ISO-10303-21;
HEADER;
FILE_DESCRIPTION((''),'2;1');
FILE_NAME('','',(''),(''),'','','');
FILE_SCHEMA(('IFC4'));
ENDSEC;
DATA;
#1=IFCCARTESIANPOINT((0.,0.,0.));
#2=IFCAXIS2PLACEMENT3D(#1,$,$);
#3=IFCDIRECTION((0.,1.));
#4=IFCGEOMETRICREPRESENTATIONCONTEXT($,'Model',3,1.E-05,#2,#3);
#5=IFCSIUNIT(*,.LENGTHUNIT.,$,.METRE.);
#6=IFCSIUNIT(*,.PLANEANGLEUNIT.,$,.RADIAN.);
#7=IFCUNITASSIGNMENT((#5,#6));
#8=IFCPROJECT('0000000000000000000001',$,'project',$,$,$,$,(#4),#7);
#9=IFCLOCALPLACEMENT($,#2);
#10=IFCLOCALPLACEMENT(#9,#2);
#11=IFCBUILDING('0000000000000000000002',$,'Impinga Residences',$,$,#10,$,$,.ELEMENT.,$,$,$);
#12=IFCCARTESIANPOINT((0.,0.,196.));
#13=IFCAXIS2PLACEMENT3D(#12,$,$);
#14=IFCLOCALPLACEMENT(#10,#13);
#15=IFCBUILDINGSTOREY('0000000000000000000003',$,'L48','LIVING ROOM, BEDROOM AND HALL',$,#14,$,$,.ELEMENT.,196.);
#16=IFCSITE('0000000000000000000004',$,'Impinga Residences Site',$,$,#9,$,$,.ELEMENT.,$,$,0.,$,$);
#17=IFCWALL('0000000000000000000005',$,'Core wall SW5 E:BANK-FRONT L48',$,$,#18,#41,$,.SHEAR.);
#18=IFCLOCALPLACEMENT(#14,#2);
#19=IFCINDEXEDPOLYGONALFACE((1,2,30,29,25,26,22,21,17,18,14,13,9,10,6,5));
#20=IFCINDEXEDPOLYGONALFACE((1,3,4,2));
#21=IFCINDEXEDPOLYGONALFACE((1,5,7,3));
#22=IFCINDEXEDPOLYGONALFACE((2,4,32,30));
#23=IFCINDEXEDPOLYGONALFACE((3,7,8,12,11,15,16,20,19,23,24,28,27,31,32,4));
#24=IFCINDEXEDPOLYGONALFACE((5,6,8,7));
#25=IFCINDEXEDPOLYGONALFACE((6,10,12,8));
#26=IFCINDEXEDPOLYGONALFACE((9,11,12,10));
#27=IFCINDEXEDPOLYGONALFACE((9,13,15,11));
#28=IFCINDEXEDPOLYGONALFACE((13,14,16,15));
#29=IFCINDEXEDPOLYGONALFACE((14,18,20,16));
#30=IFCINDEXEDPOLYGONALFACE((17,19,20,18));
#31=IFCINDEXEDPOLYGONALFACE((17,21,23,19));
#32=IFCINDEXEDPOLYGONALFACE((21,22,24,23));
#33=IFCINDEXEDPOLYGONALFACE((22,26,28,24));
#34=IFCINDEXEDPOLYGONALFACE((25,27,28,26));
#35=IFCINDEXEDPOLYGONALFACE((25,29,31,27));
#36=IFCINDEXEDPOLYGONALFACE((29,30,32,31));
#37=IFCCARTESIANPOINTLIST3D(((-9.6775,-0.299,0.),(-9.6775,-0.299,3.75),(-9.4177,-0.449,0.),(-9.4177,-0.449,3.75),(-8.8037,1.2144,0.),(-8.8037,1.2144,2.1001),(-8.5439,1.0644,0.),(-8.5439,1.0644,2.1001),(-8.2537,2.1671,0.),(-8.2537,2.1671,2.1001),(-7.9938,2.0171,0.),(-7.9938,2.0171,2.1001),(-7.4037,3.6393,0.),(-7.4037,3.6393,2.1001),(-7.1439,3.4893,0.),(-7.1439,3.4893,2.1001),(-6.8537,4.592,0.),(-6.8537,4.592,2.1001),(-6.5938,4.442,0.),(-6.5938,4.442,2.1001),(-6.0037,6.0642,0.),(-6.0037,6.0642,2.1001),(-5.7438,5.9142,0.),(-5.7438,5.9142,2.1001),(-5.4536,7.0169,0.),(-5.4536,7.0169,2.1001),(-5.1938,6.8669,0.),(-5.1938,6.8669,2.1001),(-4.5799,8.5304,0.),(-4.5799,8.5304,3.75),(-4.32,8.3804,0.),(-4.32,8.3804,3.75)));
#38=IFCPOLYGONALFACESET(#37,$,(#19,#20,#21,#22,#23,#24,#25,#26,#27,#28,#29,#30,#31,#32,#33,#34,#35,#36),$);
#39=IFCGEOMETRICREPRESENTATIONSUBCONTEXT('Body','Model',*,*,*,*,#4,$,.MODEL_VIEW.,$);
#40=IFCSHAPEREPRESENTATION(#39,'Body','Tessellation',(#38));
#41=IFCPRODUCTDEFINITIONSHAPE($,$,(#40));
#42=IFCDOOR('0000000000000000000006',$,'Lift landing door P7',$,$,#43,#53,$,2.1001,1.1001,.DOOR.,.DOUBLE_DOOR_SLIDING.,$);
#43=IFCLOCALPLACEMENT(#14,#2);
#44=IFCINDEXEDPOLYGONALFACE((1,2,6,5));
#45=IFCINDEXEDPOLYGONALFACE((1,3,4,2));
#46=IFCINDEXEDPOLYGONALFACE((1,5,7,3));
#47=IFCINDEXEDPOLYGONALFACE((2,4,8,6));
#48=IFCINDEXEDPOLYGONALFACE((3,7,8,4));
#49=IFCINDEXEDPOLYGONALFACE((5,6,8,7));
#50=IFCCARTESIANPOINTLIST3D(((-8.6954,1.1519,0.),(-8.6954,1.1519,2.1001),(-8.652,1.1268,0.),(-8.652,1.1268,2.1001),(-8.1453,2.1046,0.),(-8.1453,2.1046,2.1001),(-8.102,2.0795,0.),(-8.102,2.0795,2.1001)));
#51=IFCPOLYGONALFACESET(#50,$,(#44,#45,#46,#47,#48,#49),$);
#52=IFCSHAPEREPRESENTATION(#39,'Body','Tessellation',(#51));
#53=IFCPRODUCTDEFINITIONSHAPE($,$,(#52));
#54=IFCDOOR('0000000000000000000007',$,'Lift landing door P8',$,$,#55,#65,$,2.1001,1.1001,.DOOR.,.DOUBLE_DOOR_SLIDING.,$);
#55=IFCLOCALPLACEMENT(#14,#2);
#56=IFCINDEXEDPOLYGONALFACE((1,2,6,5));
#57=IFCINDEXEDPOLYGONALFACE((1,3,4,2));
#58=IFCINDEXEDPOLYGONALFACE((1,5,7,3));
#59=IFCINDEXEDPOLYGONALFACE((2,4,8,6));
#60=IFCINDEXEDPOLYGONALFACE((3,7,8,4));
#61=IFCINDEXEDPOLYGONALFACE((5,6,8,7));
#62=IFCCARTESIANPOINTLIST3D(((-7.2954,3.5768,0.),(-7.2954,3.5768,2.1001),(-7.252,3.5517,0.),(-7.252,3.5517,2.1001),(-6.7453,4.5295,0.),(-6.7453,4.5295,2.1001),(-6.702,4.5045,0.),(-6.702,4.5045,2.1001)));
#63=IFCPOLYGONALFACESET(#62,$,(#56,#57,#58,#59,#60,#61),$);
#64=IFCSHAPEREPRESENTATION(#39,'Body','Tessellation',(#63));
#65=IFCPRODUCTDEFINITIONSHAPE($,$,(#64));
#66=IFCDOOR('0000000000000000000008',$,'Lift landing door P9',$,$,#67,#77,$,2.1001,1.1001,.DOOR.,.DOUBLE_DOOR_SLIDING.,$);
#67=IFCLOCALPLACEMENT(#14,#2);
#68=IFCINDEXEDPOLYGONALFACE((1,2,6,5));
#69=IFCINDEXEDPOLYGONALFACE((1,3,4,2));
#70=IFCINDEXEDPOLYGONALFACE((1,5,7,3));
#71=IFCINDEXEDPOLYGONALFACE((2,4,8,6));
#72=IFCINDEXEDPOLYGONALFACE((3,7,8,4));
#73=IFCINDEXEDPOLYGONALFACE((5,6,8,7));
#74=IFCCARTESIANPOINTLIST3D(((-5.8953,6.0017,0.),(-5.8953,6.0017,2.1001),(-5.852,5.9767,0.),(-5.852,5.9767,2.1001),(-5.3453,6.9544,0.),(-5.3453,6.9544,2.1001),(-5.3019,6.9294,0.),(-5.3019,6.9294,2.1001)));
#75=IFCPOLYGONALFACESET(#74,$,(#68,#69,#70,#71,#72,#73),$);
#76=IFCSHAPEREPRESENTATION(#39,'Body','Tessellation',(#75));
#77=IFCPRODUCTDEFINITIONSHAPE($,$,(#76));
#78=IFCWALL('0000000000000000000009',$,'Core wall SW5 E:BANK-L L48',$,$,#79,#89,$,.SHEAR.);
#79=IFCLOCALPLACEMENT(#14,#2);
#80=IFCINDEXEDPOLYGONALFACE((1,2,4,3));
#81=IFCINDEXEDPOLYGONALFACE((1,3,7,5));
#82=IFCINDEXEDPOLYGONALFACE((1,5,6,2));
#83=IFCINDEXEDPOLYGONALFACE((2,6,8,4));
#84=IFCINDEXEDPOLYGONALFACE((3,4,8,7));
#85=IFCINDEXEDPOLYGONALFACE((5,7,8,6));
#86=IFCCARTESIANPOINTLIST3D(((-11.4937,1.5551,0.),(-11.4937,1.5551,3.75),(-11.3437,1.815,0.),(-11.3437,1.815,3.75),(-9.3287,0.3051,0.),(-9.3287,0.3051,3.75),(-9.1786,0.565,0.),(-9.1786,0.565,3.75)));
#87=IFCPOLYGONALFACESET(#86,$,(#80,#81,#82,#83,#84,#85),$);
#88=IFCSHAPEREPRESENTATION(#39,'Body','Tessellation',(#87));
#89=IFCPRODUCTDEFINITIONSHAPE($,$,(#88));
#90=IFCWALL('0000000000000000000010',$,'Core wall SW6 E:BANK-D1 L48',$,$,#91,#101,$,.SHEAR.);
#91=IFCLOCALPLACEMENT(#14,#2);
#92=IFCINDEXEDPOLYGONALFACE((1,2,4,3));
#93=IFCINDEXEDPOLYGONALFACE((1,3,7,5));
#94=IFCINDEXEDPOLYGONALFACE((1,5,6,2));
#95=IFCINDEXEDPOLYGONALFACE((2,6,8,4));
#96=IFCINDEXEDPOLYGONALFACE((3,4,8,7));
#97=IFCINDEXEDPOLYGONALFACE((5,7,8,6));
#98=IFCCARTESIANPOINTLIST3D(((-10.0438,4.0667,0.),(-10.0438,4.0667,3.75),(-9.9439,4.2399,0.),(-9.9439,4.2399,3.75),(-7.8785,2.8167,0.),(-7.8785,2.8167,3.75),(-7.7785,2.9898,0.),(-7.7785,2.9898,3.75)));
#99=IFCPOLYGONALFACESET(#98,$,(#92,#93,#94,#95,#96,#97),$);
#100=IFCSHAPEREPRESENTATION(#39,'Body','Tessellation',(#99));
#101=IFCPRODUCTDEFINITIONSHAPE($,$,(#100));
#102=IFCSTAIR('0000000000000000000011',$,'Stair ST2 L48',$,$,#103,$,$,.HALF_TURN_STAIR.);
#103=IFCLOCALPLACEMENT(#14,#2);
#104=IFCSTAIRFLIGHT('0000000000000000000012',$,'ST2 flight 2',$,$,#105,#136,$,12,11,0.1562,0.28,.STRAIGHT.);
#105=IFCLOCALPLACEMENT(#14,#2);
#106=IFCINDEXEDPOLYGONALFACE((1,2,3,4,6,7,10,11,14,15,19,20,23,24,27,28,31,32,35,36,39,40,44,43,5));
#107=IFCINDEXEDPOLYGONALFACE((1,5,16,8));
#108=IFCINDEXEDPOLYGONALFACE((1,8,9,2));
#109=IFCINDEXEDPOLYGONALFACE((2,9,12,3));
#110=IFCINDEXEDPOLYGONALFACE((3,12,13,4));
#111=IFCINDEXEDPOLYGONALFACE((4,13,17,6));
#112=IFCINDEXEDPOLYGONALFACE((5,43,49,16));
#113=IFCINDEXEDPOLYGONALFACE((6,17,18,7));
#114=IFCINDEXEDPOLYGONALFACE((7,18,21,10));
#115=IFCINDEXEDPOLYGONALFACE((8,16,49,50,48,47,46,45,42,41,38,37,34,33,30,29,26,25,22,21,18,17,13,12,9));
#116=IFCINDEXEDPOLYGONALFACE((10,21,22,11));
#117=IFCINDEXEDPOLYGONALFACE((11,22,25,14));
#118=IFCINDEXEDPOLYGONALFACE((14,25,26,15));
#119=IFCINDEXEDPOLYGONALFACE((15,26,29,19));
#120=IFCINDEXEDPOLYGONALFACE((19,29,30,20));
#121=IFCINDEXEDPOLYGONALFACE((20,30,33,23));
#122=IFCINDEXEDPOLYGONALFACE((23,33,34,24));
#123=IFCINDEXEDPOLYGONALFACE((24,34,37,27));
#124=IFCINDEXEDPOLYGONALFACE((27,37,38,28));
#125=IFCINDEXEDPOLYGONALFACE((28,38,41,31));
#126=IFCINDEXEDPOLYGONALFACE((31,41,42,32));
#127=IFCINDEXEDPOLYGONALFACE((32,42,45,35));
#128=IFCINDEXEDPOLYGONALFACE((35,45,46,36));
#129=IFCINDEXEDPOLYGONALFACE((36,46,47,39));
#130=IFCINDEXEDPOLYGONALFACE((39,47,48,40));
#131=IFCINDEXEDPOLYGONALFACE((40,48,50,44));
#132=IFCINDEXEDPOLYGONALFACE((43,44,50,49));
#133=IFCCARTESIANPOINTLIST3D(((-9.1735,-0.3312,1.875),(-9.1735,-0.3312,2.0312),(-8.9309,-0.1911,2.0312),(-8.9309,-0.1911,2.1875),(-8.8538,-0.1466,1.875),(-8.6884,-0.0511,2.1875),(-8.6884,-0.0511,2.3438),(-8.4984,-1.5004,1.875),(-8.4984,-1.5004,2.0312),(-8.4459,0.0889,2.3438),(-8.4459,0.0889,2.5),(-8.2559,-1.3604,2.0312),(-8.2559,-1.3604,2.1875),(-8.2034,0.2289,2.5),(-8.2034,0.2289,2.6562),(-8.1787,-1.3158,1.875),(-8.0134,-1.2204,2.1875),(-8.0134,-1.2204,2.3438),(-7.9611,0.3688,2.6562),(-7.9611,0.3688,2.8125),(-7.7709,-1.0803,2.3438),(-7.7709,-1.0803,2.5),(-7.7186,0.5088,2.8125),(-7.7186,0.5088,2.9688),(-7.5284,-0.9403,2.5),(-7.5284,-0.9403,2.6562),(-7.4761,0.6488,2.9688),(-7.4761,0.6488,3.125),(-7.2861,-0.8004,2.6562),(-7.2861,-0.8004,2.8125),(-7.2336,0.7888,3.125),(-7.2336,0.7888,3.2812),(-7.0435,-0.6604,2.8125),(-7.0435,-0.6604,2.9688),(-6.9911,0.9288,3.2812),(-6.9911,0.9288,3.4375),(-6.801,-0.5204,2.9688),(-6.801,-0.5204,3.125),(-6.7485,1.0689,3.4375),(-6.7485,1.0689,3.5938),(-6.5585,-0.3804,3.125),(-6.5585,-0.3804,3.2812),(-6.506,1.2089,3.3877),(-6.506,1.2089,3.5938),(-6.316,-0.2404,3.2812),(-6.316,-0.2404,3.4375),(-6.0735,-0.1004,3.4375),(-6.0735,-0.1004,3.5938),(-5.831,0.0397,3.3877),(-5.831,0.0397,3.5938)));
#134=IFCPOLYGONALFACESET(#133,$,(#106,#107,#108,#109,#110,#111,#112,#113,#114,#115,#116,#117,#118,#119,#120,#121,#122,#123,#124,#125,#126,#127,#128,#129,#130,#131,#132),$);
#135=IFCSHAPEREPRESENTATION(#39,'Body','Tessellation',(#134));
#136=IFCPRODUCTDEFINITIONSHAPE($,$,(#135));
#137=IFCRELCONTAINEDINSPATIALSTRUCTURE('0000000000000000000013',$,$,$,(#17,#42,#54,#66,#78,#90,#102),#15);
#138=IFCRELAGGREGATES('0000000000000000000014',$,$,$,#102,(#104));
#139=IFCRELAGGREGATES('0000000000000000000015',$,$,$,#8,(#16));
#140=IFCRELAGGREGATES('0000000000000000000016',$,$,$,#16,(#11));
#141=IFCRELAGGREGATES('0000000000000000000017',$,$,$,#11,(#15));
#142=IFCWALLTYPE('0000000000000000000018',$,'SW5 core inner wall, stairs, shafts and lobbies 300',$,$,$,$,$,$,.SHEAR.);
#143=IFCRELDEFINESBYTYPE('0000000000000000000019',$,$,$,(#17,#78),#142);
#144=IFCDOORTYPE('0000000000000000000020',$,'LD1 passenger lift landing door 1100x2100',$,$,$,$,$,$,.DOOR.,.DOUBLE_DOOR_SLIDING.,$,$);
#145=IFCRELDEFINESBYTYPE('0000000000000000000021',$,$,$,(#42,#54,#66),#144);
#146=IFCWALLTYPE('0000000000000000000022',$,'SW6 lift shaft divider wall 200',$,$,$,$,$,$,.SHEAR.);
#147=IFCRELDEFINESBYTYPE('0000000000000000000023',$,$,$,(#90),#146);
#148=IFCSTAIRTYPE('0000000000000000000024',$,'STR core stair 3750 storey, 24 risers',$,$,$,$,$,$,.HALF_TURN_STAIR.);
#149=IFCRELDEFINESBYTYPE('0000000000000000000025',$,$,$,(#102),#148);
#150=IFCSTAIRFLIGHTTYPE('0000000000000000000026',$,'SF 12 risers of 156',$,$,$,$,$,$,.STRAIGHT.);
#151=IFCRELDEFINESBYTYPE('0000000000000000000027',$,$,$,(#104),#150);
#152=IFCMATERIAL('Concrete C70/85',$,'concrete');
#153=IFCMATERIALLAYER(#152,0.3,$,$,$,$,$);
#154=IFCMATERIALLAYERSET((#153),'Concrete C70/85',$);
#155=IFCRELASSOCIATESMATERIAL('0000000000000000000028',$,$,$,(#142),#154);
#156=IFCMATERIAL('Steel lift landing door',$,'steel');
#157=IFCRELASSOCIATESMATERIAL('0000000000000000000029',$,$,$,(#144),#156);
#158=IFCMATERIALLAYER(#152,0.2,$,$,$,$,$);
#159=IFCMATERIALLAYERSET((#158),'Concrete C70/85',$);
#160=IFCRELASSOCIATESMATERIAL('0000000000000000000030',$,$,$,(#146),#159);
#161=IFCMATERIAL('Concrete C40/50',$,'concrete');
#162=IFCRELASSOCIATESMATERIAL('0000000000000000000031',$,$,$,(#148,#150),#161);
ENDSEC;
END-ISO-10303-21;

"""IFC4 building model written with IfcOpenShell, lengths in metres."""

from ifc_helpers import new_model, si_unit, direction, frame, frame_2d, origin, place, context, subcontext, project, spatial, polyline, rectangle, outline, extrude, material, layer, layer_set, type_object, element, fill, aggregate, save


model = new_model("IFC4")

# Units and contexts
model_context = context("Model", 3, precision=1e-05, world=origin(), true_north=direction((0.0, 1.0)))
body_context = subcontext(model_context, "Body", "Model", "MODEL_VIEW")
ifc_project = project(units=[si_unit("LENGTHUNIT", "METRE"), si_unit("PLANEANGLEUNIT", "RADIAN")], contexts=[model_context])

# Site, building, storey
site_placement = place(None, origin())
site = spatial("IfcSite", under=ifc_project, at=site_placement, Name="Impinga Residences Site", CompositionType="ELEMENT", RefElevation=0.0)
building_placement = place(site_placement, origin())
building = spatial("IfcBuilding", under=site, at=building_placement, Name="Impinga Residences", CompositionType="ELEMENT")
storey_placement = place(building_placement, frame((0.0, 0.0, 196.0)))
storey = spatial("IfcBuildingStorey", under=building, at=storey_placement, Name="L48", Description="LIVING ROOM, BEDROOM AND HALL", CompositionType="ELEMENT", Elevation=196.0)

# Wall, openings, doors
ifc_material_1 = material(Name="Concrete C70/85", Category="concrete")
ifc_layer_1 = layer(ifc_material_1, 0.3)
ifc_layer_set_1 = layer_set([ifc_layer_1], Name="Concrete C70/85")
wall_type_1 = type_object("IfcWallType", Name="SW5 core inner wall, stairs, shafts and lobbies 300", PredefinedType="SHEAR", material=ifc_layer_set_1)
wall_1_placement = place(storey_placement, frame((-9.5476, -0.374, 0.0), z_axis=(0.0, 0.0, 1.0), x_axis=(0.500002, 0.866024, 0.0)))
wall_1 = element("IfcWall", 1, at=wall_1_placement, inside=storey, type_object=wall_type_1, Name="Core wall SW5 E:BANK-FRONT L48", PredefinedType="SHEAR", context=body_context, shape_type="SweptSolid", body=[
    extrude(rectangle(XDim=10.1953, YDim=0.3, at=frame_2d((5.0977, 0.0))), origin(), (0.0, 0.0, 1.0), 3.75),
])
opening_1_placement = place(wall_1_placement, frame((1.7476, 0.0, 0.0)))
opening_1 = element("IfcOpeningElement", 2, at=opening_1_placement, cuts=wall_1, PredefinedType="OPENING", context=body_context, shape_type="SweptSolid", body=[
    extrude(rectangle(XDim=1.1001, YDim=2.1001, at=frame_2d((0.55, 1.05))), frame((0.0, 0.1599, 0.0), z_axis=(0.0, -1.0, 0.0), x_axis=(1.0, 0.0, 0.0)), (0.0, 0.0, 1.0), 0.3201),
])
opening_2_placement = place(wall_1_placement, frame((4.5476, 0.0, 0.0)))
opening_2 = element("IfcOpeningElement", 3, at=opening_2_placement, cuts=wall_1, PredefinedType="OPENING", context=body_context, shape_type="SweptSolid", body=[
    extrude(rectangle(XDim=1.1001, YDim=2.1001, at=frame_2d((0.55, 1.05))), frame((0.0, 0.1599, 0.0), z_axis=(0.0, -1.0, 0.0), x_axis=(1.0, 0.0, 0.0)), (0.0, 0.0, 1.0), 0.3201),
])
opening_3_placement = place(wall_1_placement, frame((7.3477, 0.0, 0.0)))
opening_3 = element("IfcOpeningElement", 4, at=opening_3_placement, cuts=wall_1, PredefinedType="OPENING", context=body_context, shape_type="SweptSolid", body=[
    extrude(rectangle(XDim=1.1001, YDim=2.1001, at=frame_2d((0.55, 1.05))), frame((0.0, 0.1599, 0.0), z_axis=(0.0, -1.0, 0.0), x_axis=(1.0, 0.0, 0.0)), (0.0, 0.0, 1.0), 0.3201),
])
ifc_material_2 = material(Name="Steel lift landing door", Category="steel")
door_type_1 = type_object("IfcDoorType", Name="LD1 passenger lift landing door 1100x2100", OperationType="DOUBLE_DOOR_SLIDING", PredefinedType="DOOR", material=ifc_material_2)
door_1_placement = place(opening_1_placement, origin())
door_1 = element("IfcDoor", 5, at=door_1_placement, inside=storey, type_object=door_type_1, Name="Lift landing door P7", OperationType="DOUBLE_DOOR_SLIDING", OverallHeight=2.1001, OverallWidth=1.1001, PredefinedType="DOOR", context=body_context, shape_type="SweptSolid", body=[
    extrude(rectangle(XDim=1.1001, YDim=2.1001, at=frame_2d((0.55, 1.05))), frame((0.0, 0.0249, 0.0), z_axis=(0.0, -1.0, 0.0), x_axis=(1.0, 0.0, 0.0)), (0.0, 0.0, 1.0), 0.05),
])
fill(opening_1, door_1)
door_2_placement = place(opening_2_placement, origin())
door_2 = element("IfcDoor", 6, at=door_2_placement, inside=storey, type_object=door_type_1, Name="Lift landing door P8", OperationType="DOUBLE_DOOR_SLIDING", OverallHeight=2.1001, OverallWidth=1.1001, PredefinedType="DOOR", context=body_context, shape_type="SweptSolid", body=[
    extrude(rectangle(XDim=1.1001, YDim=2.1001, at=frame_2d((0.55, 1.05))), frame((0.0, 0.0249, 0.0), z_axis=(0.0, -1.0, 0.0), x_axis=(1.0, 0.0, 0.0)), (0.0, 0.0, 1.0), 0.05),
])
fill(opening_2, door_2)
door_3_placement = place(opening_3_placement, origin())
door_3 = element("IfcDoor", 7, at=door_3_placement, inside=storey, type_object=door_type_1, Name="Lift landing door P9", OperationType="DOUBLE_DOOR_SLIDING", OverallHeight=2.1001, OverallWidth=1.1001, PredefinedType="DOOR", context=body_context, shape_type="SweptSolid", body=[
    extrude(rectangle(XDim=1.1001, YDim=2.1001, at=frame_2d((0.55, 1.05))), frame((0.0, 0.0249, 0.0), z_axis=(0.0, -1.0, 0.0), x_axis=(1.0, 0.0, 0.0)), (0.0, 0.0, 1.0), 0.05),
])
fill(opening_3, door_3)

# Walls
wall_2_placement = place(storey_placement, frame((-9.2537, 0.4351, 0.0), z_axis=(0.0, 0.0, 1.0), x_axis=(-0.866023, 0.500004, 0.0)))
element("IfcWall", 8, at=wall_2_placement, inside=storey, type_object=wall_type_1, Name="Core wall SW5 E:BANK-L L48", PredefinedType="SHEAR", context=body_context, shape_type="SweptSolid", body=[
    extrude(rectangle(XDim=2.5, YDim=0.3, at=frame_2d((1.25, 0.0))), origin(), (0.0, 0.0, 1.0), 3.75),
])
ifc_layer_2 = layer(ifc_material_1, 0.2)
ifc_layer_set_2 = layer_set([ifc_layer_2], Name="Concrete C70/85")
wall_type_2 = type_object("IfcWallType", Name="SW6 lift shaft divider wall 200", PredefinedType="SHEAR", material=ifc_layer_set_2)
wall_3_placement = place(storey_placement, frame((-7.8286, 2.9033, 0.0), z_axis=(0.0, 0.0, 1.0), x_axis=(-0.866047, 0.499962, 0.0)))
element("IfcWall", 9, at=wall_3_placement, inside=storey, type_object=wall_type_2, Name="Core wall SW6 E:BANK-D1 L48", PredefinedType="SHEAR", context=body_context, shape_type="SweptSolid", body=[
    extrude(rectangle(XDim=2.5002, YDim=0.2, at=frame_2d((1.25, 0.0))), origin(), (0.0, 0.0, 1.0), 3.75),
])

# Stair, stair flight
ifc_material_3 = material(Name="Concrete C40/50", Category="concrete")
stair_type = type_object("IfcStairType", Name="STR core stair 3750 storey, 24 risers", PredefinedType="HALF_TURN_STAIR", material=ifc_material_3)
stair_placement = place(storey_placement, origin())
stair = element("IfcStair", 10, at=stair_placement, inside=storey, type_object=stair_type, Name="Stair ST2 L48", PredefinedType="HALF_TURN_STAIR")
stair_flight_type = type_object("IfcStairFlightType", Name="SF 12 risers of 156", PredefinedType="STRAIGHT", material=ifc_material_3)
stair_flight_placement = place(storey_placement, frame((-8.8359, -0.9158, 1.875), z_axis=(0.0, 0.0, 1.0), x_axis=(0.866025, 0.5, 0.0)))
stair_flight = element("IfcStairFlight", 11, at=stair_flight_placement, type_object=stair_flight_type, Name="ST2 flight 2", NumberOfRisers=12, NumberOfTreads=11, PredefinedType="STRAIGHT", RiserHeight=0.1562, TreadLength=0.28, context=body_context, shape_type="SweptSolid", body=[
    extrude(outline(polyline([(0.0, 0.0), (0.0, 0.1562), (0.28, 0.1562), (0.28, 0.3125), (0.5601, 0.3125), (0.5601, 0.4688), (0.8401, 0.4688), (0.8401, 0.625), (1.1201, 0.625), (1.1201, 0.7812), (1.3999, 0.7812), (1.3999, 0.9375), (1.6799, 0.9375), (1.6799, 1.0938), (1.96, 1.0938), (1.96, 1.25), (2.24, 1.25), (2.24, 1.4062), (2.52, 1.4062), (2.52, 1.5625), (2.8, 1.5625), (2.8, 1.7188), (3.0801, 1.7188), (3.0801, 1.875), (3.0801, 1.5127), (0.3691, 0.0), (0.0, 0.0)])), frame((0.0, 0.675, 0.0), z_axis=(0.0, -1.0, 0.0), x_axis=(1.0, 0.0, 0.0)), (0.0, 0.0, 1.0), 1.3501),
])
aggregate(stair, [stair_flight])

save(model, "model.ifc")
